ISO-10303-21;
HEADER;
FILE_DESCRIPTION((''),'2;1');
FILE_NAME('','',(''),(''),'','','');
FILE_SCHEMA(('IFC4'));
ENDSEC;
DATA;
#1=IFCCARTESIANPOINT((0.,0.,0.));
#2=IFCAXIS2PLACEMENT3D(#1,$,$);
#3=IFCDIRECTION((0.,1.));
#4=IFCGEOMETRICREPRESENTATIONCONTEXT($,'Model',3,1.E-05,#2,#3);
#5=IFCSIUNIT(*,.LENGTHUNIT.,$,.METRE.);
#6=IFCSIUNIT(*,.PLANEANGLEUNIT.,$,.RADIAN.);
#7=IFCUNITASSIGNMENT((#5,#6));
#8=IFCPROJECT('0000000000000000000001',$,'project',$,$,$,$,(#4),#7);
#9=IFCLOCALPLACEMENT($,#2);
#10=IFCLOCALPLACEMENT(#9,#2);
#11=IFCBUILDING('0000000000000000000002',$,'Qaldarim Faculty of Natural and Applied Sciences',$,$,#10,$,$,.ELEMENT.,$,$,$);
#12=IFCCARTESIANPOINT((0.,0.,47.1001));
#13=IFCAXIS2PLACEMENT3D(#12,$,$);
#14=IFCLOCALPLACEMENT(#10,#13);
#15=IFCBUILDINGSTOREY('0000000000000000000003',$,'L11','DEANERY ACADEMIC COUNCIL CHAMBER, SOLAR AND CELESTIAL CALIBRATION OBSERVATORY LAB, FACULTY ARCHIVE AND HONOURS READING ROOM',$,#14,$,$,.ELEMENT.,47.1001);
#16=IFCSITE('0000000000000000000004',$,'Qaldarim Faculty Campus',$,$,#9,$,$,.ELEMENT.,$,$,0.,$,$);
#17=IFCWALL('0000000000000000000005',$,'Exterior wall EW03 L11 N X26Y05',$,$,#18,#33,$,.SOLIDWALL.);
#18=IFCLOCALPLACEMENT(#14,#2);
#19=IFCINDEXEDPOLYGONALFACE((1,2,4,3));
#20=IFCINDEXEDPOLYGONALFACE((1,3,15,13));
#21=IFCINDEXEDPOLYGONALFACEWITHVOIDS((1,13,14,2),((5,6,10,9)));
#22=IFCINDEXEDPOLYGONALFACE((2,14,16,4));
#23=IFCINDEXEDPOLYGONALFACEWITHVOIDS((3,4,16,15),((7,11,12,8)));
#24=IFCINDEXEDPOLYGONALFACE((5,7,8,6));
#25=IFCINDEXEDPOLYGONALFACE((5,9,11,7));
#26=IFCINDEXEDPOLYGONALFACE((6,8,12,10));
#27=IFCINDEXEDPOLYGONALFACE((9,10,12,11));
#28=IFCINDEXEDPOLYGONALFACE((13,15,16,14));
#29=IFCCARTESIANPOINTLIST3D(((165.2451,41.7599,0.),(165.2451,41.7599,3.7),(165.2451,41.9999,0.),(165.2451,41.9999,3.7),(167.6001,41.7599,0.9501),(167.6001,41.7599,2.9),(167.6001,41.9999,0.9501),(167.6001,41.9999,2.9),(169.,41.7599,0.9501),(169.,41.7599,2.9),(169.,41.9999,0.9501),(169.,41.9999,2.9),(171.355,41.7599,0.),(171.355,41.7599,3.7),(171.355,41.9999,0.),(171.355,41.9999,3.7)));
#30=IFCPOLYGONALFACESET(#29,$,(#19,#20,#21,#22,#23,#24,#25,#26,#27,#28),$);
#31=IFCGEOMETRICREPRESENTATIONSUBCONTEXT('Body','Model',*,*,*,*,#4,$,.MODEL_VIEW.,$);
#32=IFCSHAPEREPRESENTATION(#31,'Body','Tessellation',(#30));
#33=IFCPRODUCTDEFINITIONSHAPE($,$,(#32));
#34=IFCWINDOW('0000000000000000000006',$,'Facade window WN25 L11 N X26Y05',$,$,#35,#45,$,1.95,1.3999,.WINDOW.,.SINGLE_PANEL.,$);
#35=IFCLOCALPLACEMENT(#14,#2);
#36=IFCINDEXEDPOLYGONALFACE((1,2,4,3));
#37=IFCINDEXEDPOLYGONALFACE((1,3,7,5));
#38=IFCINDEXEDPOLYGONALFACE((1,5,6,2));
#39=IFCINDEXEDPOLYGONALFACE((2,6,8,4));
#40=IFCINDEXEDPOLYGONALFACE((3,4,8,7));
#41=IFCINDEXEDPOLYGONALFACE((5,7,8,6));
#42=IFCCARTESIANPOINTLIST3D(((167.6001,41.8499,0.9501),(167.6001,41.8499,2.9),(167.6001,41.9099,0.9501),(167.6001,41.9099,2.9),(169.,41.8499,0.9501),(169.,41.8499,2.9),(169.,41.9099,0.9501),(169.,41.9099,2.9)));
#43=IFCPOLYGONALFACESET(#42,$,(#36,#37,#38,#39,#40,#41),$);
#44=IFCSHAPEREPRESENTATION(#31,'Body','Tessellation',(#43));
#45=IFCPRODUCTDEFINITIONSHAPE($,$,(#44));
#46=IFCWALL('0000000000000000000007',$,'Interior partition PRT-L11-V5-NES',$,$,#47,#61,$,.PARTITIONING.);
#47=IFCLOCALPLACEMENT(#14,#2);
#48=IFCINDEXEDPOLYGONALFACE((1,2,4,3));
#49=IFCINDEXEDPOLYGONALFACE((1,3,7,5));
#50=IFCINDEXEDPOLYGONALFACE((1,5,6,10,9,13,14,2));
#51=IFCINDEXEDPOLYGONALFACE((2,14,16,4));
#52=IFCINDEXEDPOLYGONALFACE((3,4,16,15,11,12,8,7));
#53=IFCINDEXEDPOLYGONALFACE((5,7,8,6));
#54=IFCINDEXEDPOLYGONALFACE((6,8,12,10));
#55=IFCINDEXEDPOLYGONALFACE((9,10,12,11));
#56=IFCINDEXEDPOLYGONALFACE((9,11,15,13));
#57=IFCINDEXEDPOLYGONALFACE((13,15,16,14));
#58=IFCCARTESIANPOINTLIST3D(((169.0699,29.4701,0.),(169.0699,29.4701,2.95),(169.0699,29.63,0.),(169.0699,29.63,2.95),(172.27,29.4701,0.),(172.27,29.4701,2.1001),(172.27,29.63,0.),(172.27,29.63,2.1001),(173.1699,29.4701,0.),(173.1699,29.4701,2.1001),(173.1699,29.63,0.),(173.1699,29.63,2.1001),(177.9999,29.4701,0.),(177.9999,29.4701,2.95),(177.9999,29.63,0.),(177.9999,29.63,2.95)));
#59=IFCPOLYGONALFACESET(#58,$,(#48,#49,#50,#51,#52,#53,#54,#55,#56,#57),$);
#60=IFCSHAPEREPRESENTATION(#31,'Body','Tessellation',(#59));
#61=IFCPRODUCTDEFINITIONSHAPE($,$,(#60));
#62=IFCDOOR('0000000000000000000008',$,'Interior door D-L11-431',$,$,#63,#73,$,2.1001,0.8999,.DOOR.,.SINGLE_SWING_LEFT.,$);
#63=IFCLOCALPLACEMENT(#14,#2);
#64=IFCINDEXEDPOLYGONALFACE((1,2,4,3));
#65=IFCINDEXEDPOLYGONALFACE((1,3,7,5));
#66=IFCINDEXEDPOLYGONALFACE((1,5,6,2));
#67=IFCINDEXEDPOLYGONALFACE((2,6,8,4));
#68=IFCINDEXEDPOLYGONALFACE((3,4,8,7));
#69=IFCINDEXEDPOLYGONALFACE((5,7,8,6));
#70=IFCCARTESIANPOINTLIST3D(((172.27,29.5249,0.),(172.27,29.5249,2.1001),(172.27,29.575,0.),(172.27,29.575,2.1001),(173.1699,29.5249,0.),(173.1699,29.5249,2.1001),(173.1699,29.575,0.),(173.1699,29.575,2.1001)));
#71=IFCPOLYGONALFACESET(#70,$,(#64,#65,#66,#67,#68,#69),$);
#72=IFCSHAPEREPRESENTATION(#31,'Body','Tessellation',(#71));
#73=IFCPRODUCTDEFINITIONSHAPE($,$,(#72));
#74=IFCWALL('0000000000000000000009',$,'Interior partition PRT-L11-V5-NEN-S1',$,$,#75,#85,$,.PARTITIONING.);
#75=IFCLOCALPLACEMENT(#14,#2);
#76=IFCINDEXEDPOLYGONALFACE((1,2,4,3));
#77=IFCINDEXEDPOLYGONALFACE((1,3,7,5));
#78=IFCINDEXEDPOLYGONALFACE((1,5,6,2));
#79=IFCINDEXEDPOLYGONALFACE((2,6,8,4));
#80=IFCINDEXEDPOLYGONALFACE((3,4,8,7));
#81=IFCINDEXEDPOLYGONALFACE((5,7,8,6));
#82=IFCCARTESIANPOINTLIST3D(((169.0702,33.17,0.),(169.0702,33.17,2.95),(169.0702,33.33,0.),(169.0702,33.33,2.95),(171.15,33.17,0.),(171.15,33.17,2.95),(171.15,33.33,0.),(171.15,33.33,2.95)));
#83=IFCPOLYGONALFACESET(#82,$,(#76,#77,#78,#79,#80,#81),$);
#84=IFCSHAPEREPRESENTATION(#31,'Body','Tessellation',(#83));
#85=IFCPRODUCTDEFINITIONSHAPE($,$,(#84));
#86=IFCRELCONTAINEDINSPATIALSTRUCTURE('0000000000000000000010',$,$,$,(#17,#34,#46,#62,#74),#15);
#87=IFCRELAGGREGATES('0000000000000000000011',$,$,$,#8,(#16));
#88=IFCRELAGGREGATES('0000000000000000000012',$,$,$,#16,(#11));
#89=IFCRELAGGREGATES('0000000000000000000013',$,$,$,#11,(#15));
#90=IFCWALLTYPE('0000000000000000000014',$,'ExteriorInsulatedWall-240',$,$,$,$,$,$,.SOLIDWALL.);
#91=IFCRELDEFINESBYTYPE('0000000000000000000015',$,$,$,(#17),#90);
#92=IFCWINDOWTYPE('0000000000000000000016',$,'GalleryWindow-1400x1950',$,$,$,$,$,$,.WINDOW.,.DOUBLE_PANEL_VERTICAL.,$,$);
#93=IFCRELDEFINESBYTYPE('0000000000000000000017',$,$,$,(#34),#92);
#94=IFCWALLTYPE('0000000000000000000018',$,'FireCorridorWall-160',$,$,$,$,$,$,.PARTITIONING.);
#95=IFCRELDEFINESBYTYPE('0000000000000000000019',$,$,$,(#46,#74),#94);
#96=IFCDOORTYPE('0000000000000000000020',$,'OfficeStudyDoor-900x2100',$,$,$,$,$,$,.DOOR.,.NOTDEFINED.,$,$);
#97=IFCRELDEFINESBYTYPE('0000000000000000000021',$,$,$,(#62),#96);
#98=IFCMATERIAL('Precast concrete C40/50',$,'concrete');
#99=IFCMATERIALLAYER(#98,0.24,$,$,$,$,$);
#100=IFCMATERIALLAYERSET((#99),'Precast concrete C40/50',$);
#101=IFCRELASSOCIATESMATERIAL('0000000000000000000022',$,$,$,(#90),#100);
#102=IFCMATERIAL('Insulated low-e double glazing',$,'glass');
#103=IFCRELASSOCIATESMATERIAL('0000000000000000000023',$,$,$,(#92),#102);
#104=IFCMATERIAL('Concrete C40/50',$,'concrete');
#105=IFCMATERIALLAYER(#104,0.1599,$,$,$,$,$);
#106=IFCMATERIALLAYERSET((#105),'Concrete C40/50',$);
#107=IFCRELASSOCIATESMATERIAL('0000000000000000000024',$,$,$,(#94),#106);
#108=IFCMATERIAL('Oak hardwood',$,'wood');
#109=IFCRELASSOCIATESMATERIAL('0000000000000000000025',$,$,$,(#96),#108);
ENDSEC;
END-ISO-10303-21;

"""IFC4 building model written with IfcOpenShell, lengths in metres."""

from ifc_helpers import new_model, si_unit, direction, frame, frame_2d, origin, place, context, subcontext, project, spatial, rectangle, extrude, material, layer, layer_set, type_object, element, fill, save


model = new_model("IFC4")

# Units and contexts
model_context = context("Model", 3, precision=1e-05, world=origin(), true_north=direction((0.0, 1.0)))
body_context = subcontext(model_context, "Body", "Model", "MODEL_VIEW")
ifc_project = project(units=[si_unit("LENGTHUNIT", "METRE"), si_unit("PLANEANGLEUNIT", "RADIAN")], contexts=[model_context])

# Site, building, storey
site_placement = place(None, origin())
site = spatial("IfcSite", under=ifc_project, at=site_placement, Name="Qaldarim Faculty Campus", CompositionType="ELEMENT", RefElevation=0.0)
building_placement = place(site_placement, origin())
building = spatial("IfcBuilding", under=site, at=building_placement, Name="Qaldarim Faculty of Natural and Applied Sciences", CompositionType="ELEMENT")
storey_placement = place(building_placement, frame((0.0, 0.0, 47.1001)))
storey = spatial("IfcBuildingStorey", under=building, at=storey_placement, Name="L11", Description="DEANERY ACADEMIC COUNCIL CHAMBER, SOLAR AND CELESTIAL CALIBRATION OBSERVATORY LAB, FACULTY ARCHIVE AND HONOURS READING ROOM", CompositionType="ELEMENT", Elevation=47.1001)

# Shared definitions
ifc_material_1 = material(Name="Concrete C40/50", Category="concrete")

# Shared definitions
ifc_material_2 = material(Name="Oak hardwood", Category="wood")

# Wall, opening, window
ifc_material_3 = material(Name="Precast concrete C40/50", Category="concrete")
ifc_layer_1 = layer(ifc_material_3, 0.24)
ifc_layer_set_1 = layer_set([ifc_layer_1], Name="Precast concrete C40/50")
wall_type_1 = type_object("IfcWallType", Name="ExteriorInsulatedWall-240", PredefinedType="SOLIDWALL", material=ifc_layer_set_1)
wall_1_placement = place(storey_placement, frame((171.355, 41.8799, 0.0), z_axis=(0.0, 0.0, 1.0), x_axis=(-1.0, 0.0, 0.0)))
wall_1 = element("IfcWall", 1, at=wall_1_placement, inside=storey, type_object=wall_type_1, Name="Exterior wall EW03 L11 N X26Y05", PredefinedType="SOLIDWALL", context=body_context, shape_type="SweptSolid", body=[
    extrude(rectangle(XDim=6.1099, YDim=0.24, at=frame_2d((3.0549, 0.0))), origin(), (0.0, 0.0, 1.0), 3.7),
])
opening_1_placement = place(wall_1_placement, frame((2.355, 0.0, 0.95)))
opening_1 = element("IfcOpeningElement", 2, at=opening_1_placement, cuts=wall_1, PredefinedType="OPENING", context=body_context, shape_type="SweptSolid", body=[
    extrude(rectangle(XDim=1.3999, YDim=1.95, at=frame_2d((0.7, 0.9751))), frame((0.0, 0.1299, 0.0), z_axis=(0.0, -1.0, 0.0), x_axis=(1.0, 0.0, 0.0)), (0.0, 0.0, 1.0), 0.26),
])
ifc_material_4 = material(Name="Insulated low-e double glazing", Category="glass")
window_type = type_object("IfcWindowType", Name="GalleryWindow-1400x1950", PartitioningType="DOUBLE_PANEL_VERTICAL", PredefinedType="WINDOW", material=ifc_material_4)
window_placement = place(opening_1_placement, origin())
window = element("IfcWindow", 3, at=window_placement, inside=storey, type_object=window_type, Name="Facade window WN25 L11 N X26Y05", OverallHeight=1.95, OverallWidth=1.3999, PartitioningType="SINGLE_PANEL", PredefinedType="WINDOW", context=body_context, shape_type="SweptSolid", body=[
    extrude(rectangle(XDim=1.3999, YDim=1.95, at=frame_2d((0.7, 0.9751))), frame((0.0, 0.03, 0.0), z_axis=(0.0, -1.0, 0.0), x_axis=(1.0, 0.0, 0.0)), (0.0, 0.0, 1.0), 0.0601),
])
fill(opening_1, window)

# Shared definitions
ifc_layer_2 = layer(ifc_material_1, 0.1599)
ifc_layer_set_2 = layer_set([ifc_layer_2], Name="Concrete C40/50")
wall_type_2 = type_object("IfcWallType", Name="FireCorridorWall-160", PredefinedType="PARTITIONING", material=ifc_layer_set_2)

# Wall, opening, door
wall_2_placement = place(storey_placement, frame((169.0701, 29.55, 0.0), z_axis=(0.0, 0.0, 1.0), x_axis=(1.0, 0.0, 0.0)))
wall_2 = element("IfcWall", 4, at=wall_2_placement, inside=storey, type_object=wall_type_2, Name="Interior partition PRT-L11-V5-NES", PredefinedType="PARTITIONING", context=body_context, shape_type="SweptSolid", body=[
    extrude(rectangle(XDim=8.9299, YDim=0.1599, at=frame_2d((4.4648, 0.0))), origin(), (0.0, 0.0, 1.0), 2.95),
])
opening_2_placement = place(wall_2_placement, frame((3.2, 0.0, 0.0)))
opening_2 = element("IfcOpeningElement", 5, at=opening_2_placement, cuts=wall_2, PredefinedType="OPENING", context=body_context, shape_type="SweptSolid", body=[
    extrude(rectangle(XDim=0.8999, YDim=2.1001, at=frame_2d((0.45, 1.05))), frame((0.0, 0.0898, 0.0), z_axis=(0.0, -1.0, 0.0), x_axis=(1.0, 0.0, 0.0)), (0.0, 0.0, 1.0), 0.1799),
])
door_type_1 = type_object("IfcDoorType", Name="OfficeStudyDoor-900x2100", OperationType="NOTDEFINED", PredefinedType="DOOR", material=ifc_material_2)
door_1_placement = place(opening_2_placement, origin())
door_1 = element("IfcDoor", 6, at=door_1_placement, inside=storey, type_object=door_type_1, Name="Interior door D-L11-431", OperationType="SINGLE_SWING_LEFT", OverallHeight=2.1001, OverallWidth=0.8999, PredefinedType="DOOR", context=body_context, shape_type="SweptSolid", body=[
    extrude(rectangle(XDim=0.8999, YDim=2.1001, at=frame_2d((0.45, 1.05))), frame((0.0, 0.0249, 0.0), z_axis=(0.0, -1.0, 0.0), x_axis=(1.0, 0.0, 0.0)), (0.0, 0.0, 1.0), 0.05),
])
fill(opening_2, door_1)

# Wall
wall_3_placement = place(storey_placement, frame((169.0701, 33.25, 0.0), z_axis=(0.0, 0.0, 1.0), x_axis=(1.0, 0.0, 0.0)))
element("IfcWall", 7, at=wall_3_placement, inside=storey, type_object=wall_type_2, Name="Interior partition PRT-L11-V5-NEN-S1", PredefinedType="PARTITIONING", context=body_context, shape_type="SweptSolid", body=[
    extrude(rectangle(XDim=2.0798, YDim=0.1599, at=frame_2d((1.04, 0.0))), origin(), (0.0, 0.0, 1.0), 2.95),
])

save(model, "model.ifc")
